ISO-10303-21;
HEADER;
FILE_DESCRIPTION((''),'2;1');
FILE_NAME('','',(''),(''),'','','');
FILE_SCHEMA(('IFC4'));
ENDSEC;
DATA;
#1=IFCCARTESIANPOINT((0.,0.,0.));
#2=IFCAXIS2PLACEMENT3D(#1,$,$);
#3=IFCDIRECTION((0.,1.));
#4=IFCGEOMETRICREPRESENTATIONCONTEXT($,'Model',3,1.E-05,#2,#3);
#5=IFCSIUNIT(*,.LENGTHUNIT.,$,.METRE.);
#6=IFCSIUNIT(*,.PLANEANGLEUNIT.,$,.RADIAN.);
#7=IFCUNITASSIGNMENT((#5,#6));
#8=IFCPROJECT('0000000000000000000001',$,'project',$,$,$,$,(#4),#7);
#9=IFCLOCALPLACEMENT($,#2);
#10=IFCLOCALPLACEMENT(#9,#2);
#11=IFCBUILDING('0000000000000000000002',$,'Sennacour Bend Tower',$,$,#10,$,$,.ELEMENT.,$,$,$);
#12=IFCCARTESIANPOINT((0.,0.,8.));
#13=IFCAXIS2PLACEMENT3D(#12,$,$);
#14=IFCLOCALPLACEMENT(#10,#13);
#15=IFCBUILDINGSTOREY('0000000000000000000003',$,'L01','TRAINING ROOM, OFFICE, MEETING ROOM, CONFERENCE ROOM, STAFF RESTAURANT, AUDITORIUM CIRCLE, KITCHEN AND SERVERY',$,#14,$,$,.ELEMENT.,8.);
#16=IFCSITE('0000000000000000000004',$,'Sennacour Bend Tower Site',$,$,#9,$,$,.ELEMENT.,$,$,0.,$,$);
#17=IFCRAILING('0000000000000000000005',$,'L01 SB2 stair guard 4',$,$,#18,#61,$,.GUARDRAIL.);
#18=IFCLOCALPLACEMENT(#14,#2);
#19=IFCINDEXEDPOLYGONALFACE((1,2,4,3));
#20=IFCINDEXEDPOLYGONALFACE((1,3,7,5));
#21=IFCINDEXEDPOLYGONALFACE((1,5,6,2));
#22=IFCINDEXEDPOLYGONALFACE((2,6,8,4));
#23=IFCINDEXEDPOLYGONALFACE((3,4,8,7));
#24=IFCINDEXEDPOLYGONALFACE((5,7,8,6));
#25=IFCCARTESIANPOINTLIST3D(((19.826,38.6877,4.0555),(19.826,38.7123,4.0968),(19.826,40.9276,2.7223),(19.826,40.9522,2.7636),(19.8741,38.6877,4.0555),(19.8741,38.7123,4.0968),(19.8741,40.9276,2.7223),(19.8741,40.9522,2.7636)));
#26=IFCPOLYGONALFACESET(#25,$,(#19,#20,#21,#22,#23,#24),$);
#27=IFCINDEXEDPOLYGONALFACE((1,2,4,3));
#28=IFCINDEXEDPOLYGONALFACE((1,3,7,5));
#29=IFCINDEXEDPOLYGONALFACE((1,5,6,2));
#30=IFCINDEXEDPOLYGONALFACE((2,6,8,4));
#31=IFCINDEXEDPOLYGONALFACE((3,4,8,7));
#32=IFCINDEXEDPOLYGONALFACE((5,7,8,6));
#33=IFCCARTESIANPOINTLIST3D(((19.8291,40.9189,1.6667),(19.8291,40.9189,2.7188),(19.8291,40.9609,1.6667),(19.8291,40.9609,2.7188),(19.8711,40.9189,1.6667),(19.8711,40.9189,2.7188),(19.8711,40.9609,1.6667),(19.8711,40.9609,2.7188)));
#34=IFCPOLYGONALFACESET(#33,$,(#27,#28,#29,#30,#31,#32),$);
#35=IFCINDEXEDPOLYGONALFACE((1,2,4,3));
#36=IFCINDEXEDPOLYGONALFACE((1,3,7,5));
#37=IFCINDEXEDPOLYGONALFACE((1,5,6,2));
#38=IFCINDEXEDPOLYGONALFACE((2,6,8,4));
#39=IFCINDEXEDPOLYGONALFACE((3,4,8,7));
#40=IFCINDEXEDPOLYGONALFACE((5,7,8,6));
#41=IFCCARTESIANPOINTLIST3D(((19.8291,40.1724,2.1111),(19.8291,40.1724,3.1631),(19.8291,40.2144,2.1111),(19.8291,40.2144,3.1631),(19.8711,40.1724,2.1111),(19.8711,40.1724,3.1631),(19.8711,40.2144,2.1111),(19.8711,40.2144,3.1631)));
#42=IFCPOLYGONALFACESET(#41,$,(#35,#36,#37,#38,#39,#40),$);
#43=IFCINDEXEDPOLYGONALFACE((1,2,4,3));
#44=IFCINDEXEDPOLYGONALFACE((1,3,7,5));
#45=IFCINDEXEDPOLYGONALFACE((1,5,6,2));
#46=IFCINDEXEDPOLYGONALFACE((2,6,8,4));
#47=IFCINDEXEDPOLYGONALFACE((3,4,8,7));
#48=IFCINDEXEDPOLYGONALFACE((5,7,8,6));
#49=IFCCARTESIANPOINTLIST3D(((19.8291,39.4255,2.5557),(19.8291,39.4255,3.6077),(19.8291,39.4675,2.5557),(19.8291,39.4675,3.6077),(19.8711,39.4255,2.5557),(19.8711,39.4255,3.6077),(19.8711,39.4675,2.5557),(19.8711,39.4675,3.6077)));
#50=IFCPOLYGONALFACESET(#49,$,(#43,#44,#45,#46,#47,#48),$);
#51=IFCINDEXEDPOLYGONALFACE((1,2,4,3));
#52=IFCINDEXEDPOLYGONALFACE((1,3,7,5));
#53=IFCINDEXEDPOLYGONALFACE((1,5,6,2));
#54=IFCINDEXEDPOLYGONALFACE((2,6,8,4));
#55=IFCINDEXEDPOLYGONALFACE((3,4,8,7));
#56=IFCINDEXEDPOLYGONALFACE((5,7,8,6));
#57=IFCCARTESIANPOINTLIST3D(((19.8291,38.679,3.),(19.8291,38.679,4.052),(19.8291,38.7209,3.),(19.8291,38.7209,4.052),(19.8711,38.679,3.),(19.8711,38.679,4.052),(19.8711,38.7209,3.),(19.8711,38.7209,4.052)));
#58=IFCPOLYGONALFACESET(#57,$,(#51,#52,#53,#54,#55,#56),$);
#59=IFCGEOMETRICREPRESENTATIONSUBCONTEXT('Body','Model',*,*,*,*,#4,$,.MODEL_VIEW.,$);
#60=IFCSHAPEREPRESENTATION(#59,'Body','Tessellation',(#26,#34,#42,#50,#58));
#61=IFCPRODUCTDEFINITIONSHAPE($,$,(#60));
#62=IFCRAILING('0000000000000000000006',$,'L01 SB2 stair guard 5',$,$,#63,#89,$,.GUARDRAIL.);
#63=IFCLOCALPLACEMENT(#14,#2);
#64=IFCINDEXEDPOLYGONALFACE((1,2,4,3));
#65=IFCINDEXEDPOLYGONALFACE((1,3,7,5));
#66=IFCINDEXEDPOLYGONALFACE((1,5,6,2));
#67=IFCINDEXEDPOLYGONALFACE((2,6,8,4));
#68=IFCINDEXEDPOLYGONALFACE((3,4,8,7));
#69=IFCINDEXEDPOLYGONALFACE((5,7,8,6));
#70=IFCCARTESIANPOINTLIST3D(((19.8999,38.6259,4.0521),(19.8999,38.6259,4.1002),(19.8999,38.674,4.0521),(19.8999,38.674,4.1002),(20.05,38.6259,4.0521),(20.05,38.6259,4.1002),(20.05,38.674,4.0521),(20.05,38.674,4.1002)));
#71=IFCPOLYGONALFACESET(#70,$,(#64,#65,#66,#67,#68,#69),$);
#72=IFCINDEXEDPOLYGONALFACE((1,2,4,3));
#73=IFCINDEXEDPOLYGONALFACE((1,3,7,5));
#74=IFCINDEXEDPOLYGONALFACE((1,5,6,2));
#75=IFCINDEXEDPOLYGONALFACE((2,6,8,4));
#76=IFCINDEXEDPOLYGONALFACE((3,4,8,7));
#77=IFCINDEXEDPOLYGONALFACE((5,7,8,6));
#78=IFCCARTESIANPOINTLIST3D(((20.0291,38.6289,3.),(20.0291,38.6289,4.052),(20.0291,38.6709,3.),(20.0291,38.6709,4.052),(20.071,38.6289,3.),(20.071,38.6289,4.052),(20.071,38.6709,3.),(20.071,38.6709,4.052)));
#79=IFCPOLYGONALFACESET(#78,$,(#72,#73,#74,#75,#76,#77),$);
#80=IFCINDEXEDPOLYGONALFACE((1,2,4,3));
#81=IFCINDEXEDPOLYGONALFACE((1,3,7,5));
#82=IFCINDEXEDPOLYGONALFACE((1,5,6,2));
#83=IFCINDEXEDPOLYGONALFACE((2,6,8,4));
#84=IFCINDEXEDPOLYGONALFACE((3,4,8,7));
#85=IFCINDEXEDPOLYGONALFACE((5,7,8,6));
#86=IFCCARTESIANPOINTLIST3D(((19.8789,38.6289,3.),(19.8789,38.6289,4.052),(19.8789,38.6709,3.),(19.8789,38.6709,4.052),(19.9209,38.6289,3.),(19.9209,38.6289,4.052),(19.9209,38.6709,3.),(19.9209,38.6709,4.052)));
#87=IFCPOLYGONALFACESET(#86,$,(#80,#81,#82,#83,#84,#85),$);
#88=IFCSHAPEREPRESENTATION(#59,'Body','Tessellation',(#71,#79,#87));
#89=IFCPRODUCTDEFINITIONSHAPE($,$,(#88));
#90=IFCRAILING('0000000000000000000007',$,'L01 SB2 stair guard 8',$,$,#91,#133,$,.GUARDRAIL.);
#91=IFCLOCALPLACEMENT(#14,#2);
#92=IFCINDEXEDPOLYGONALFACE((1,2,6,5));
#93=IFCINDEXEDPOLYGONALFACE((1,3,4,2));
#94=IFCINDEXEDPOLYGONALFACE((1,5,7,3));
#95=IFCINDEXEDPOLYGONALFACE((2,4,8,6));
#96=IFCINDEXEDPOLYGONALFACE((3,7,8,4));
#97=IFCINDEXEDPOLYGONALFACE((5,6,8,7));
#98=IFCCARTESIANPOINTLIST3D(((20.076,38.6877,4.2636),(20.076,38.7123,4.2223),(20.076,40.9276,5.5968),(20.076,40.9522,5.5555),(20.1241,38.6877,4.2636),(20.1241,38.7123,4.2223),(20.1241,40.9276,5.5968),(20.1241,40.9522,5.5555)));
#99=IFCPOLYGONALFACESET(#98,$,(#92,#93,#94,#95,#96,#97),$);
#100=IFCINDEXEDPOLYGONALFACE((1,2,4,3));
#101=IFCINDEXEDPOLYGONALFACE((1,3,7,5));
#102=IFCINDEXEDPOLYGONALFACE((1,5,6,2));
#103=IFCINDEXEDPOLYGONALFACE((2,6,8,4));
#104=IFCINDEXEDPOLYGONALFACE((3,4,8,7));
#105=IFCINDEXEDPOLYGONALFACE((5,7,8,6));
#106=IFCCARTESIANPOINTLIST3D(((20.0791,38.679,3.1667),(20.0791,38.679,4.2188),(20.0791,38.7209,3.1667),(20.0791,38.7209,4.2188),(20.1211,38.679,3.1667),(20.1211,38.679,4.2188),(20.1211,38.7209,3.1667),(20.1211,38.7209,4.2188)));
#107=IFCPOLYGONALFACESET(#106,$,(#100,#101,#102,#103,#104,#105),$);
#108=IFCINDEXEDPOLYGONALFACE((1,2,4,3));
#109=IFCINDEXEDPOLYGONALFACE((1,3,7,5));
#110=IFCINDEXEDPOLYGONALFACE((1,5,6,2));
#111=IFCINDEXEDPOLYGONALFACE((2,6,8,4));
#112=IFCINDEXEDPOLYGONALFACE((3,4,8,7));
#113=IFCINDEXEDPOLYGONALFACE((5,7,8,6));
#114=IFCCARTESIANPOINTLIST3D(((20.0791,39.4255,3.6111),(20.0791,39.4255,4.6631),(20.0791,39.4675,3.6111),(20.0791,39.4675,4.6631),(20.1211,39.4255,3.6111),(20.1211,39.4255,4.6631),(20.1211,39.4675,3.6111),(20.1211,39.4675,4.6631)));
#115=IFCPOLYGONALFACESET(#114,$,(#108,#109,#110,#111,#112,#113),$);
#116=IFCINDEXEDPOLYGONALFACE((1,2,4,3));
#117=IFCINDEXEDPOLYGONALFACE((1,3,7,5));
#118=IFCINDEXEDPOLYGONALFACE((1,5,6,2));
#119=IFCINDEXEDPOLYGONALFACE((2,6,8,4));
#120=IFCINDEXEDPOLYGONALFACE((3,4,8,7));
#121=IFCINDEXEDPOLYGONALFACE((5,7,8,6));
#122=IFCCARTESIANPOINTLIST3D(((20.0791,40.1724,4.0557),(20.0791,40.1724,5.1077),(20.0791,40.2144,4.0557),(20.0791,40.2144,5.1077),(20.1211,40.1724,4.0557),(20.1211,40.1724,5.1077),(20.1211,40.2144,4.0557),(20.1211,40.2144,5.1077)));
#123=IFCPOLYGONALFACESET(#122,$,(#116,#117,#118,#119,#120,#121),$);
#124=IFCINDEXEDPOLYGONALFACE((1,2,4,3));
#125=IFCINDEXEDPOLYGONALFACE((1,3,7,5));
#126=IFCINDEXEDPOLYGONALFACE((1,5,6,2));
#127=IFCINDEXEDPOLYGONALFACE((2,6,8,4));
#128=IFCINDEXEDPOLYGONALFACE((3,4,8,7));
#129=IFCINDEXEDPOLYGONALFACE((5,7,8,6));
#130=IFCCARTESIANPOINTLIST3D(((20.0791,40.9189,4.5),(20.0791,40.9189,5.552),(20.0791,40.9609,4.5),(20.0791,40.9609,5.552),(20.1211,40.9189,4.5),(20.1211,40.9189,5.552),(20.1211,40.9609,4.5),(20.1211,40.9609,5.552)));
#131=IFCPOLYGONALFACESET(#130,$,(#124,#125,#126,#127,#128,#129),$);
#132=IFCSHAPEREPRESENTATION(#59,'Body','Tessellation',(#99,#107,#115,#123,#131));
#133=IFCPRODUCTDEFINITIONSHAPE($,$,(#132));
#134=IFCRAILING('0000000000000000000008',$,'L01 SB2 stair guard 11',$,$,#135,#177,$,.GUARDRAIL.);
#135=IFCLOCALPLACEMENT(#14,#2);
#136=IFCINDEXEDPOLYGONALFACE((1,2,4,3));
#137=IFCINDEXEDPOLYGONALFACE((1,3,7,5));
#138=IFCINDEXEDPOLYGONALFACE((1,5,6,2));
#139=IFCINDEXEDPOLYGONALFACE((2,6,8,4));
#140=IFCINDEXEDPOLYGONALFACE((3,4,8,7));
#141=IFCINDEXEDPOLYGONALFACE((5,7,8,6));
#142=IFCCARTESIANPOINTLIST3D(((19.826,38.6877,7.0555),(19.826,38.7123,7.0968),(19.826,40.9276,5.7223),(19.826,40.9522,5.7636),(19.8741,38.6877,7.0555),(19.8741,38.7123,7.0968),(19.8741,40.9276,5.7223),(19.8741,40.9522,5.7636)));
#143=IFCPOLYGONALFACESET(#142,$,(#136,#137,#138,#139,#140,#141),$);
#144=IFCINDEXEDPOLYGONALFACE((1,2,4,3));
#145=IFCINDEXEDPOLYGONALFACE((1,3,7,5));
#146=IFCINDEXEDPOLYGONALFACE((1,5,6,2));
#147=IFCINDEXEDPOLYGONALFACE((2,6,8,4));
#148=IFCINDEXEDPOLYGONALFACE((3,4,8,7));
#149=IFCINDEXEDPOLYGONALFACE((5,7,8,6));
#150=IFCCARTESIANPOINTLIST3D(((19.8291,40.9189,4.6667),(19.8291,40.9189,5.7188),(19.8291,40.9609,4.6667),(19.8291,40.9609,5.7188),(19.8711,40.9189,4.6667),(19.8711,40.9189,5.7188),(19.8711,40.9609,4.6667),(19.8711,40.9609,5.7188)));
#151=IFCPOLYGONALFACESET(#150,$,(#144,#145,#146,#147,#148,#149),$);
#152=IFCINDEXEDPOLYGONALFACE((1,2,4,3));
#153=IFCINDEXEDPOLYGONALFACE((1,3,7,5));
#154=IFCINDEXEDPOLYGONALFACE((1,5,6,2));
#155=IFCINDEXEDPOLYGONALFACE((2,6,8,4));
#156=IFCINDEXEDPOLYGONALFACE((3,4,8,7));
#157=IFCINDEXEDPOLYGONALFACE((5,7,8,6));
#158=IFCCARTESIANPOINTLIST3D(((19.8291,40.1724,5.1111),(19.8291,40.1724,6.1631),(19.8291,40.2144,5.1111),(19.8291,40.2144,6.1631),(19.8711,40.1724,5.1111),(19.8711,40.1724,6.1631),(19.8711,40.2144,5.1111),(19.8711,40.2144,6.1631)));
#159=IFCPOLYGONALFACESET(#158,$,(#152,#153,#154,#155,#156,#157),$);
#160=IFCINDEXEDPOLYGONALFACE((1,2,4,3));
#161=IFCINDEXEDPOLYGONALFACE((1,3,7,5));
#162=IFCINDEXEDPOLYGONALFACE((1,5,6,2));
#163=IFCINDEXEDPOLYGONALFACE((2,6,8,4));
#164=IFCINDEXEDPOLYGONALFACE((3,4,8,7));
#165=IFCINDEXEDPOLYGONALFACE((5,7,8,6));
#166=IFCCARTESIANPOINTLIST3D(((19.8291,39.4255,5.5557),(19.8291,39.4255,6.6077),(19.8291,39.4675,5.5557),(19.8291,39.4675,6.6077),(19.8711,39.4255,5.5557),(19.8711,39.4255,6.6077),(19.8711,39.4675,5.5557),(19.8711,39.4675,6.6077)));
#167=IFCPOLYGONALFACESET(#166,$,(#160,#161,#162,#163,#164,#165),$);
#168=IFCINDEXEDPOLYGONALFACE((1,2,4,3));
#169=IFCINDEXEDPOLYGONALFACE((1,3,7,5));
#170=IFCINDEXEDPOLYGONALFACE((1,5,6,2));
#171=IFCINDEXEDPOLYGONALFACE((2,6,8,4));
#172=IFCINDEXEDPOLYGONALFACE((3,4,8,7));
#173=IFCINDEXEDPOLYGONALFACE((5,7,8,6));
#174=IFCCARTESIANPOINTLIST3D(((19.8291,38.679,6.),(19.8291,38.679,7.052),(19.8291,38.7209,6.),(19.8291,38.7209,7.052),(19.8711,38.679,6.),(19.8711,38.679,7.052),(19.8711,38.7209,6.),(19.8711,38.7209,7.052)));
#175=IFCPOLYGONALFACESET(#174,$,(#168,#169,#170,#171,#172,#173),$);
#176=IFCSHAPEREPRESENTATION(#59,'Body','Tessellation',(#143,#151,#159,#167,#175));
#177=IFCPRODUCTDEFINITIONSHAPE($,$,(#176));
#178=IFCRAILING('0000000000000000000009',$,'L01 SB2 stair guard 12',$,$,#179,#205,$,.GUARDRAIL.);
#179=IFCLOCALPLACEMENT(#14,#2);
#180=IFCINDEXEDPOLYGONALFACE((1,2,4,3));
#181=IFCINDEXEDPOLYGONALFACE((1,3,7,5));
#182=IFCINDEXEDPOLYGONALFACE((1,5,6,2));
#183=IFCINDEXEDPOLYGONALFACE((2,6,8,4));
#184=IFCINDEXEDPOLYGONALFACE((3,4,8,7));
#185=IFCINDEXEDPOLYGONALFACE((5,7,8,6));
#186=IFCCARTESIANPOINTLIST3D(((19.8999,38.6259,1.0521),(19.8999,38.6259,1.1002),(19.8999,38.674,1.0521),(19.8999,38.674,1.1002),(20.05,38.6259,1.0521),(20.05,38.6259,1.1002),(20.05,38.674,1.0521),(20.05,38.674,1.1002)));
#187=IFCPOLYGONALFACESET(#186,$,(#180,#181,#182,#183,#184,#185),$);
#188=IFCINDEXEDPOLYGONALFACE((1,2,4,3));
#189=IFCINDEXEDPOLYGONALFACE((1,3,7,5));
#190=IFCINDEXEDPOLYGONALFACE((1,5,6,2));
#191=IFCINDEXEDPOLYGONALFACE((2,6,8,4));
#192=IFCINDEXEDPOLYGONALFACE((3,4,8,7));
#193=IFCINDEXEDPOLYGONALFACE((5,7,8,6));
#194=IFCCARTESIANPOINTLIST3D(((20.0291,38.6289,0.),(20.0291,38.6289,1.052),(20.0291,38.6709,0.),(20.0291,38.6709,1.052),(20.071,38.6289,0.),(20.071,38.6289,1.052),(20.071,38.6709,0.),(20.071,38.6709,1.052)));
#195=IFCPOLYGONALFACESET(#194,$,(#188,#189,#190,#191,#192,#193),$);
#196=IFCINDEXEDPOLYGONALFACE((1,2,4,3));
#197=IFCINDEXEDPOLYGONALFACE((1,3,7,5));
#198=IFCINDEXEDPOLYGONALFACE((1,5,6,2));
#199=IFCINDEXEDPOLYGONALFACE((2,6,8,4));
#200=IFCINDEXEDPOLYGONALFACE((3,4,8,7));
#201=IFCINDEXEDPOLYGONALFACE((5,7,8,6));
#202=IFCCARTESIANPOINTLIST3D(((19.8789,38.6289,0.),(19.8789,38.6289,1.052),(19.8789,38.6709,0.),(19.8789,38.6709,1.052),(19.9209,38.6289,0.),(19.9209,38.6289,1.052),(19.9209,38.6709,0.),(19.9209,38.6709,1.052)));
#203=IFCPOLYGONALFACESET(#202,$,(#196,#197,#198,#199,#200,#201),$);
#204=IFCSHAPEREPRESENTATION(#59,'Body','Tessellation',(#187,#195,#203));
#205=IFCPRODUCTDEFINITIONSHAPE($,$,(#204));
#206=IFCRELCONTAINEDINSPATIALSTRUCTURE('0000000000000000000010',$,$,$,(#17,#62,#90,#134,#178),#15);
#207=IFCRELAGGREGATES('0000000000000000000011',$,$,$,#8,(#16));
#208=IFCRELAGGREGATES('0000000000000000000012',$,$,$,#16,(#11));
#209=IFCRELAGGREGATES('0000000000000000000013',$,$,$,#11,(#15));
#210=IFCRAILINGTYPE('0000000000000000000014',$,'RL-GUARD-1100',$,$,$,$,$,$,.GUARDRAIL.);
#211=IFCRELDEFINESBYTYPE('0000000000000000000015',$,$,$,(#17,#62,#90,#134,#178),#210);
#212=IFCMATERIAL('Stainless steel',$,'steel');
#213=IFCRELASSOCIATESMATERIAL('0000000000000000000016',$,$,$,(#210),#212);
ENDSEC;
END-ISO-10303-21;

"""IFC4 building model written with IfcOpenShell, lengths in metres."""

from ifc_helpers import new_model, si_unit, direction, frame, origin, origin_2d, place, context, subcontext, project, spatial, rectangle, extrude, material, type_object, element, save


model = new_model("IFC4")

# Units and contexts
model_context = context("Model", 3, precision=1e-05, world=origin(), true_north=direction((0.0, 1.0)))
body_context = subcontext(model_context, "Body", "Model", "MODEL_VIEW")
ifc_project = project(units=[si_unit("LENGTHUNIT", "METRE"), si_unit("PLANEANGLEUNIT", "RADIAN")], contexts=[model_context])

# Site, building, storey
site_placement = place(None, origin())
site = spatial("IfcSite", under=ifc_project, at=site_placement, Name="Sennacour Bend Tower Site", CompositionType="ELEMENT", RefElevation=0.0)
building_placement = place(site_placement, origin())
building = spatial("IfcBuilding", under=site, at=building_placement, Name="Sennacour Bend Tower", CompositionType="ELEMENT")
storey_placement = place(building_placement, frame((0.0, 0.0, 8.0)))
storey = spatial("IfcBuildingStorey", under=building, at=storey_placement, Name="L01", Description="TRAINING ROOM, OFFICE, MEETING ROOM, CONFERENCE ROOM, STAFF RESTAURANT, AUDITORIUM CIRCLE, KITCHEN AND SERVERY", CompositionType="ELEMENT", Elevation=8.0)

# Railings
ifc_material_1 = material(Name="Stainless steel", Category="steel")
railing_type_1 = type_object("IfcRailingType", Name="RL-GUARD-1100", PredefinedType="GUARDRAIL", material=ifc_material_1)
railing_1_placement = place(storey_placement, frame((19.8501, 40.9399, 1.6667)))
element("IfcRailing", 1, at=railing_1_placement, inside=storey, type_object=railing_type_1, Name="L01 SB2 stair guard 4", PredefinedType="GUARDRAIL", context=body_context, shape_type="SweptSolid", body=[
    extrude(rectangle(XDim=0.0481, YDim=0.0481, at=origin_2d()), frame((0.0, 0.0, 1.0762), z_axis=(0.0, -0.859306, 0.511462), x_axis=(1.0, 0.0, 0.0)), (0.0, 0.0, 1.0), 2.6067),
    extrude(rectangle(XDim=0.042, YDim=0.042, at=origin_2d()), origin(), (0.0, 0.0, 1.0), 1.052),
    extrude(rectangle(XDim=0.042, YDim=0.042, at=origin_2d()), frame((0.0, -0.7466, 0.4443)), (0.0, 0.0, 1.0), 1.052),
    extrude(rectangle(XDim=0.042, YDim=0.042, at=origin_2d()), frame((0.0, -1.4934, 0.8889)), (0.0, 0.0, 1.0), 1.052),
    extrude(rectangle(XDim=0.042, YDim=0.042, at=origin_2d()), frame((0.0, -2.24, 1.3333)), (0.0, 0.0, 1.0), 1.052),
])
railing_2_placement = place(storey_placement, frame((20.05, 38.6499, 3.0)))
element("IfcRailing", 2, at=railing_2_placement, inside=storey, type_object=railing_type_1, Name="L01 SB2 stair guard 5", PredefinedType="GUARDRAIL", context=body_context, shape_type="SweptSolid", body=[
    extrude(rectangle(XDim=0.0481, YDim=0.0481, at=origin_2d()), frame((0.0, 0.0, 1.0762), z_axis=(-1.0, 0.0, 0.0), x_axis=(0.0, -1.0, 0.0)), (0.0, 0.0, 1.0), 0.1501),
    extrude(rectangle(XDim=0.042, YDim=0.042, at=origin_2d()), origin(), (0.0, 0.0, 1.0), 1.052),
    extrude(rectangle(XDim=0.042, YDim=0.042, at=origin_2d()), frame((-0.1501, 0.0, 0.0)), (0.0, 0.0, 1.0), 1.052),
])
railing_3_placement = place(storey_placement, frame((20.1001, 38.7, 3.1667)))
element("IfcRailing", 3, at=railing_3_placement, inside=storey, type_object=railing_type_1, Name="L01 SB2 stair guard 8", PredefinedType="GUARDRAIL", context=body_context, shape_type="SweptSolid", body=[
    extrude(rectangle(XDim=0.0481, YDim=0.0481, at=origin_2d()), frame((0.0, 0.0, 1.0762), z_axis=(0.0, 0.859306, 0.511462), x_axis=(-1.0, 0.0, 0.0)), (0.0, 0.0, 1.0), 2.6067),
    extrude(rectangle(XDim=0.042, YDim=0.042, at=origin_2d()), origin(), (0.0, 0.0, 1.0), 1.052),
    extrude(rectangle(XDim=0.042, YDim=0.042, at=origin_2d()), frame((0.0, 0.7466, 0.4443)), (0.0, 0.0, 1.0), 1.052),
    extrude(rectangle(XDim=0.042, YDim=0.042, at=origin_2d()), frame((0.0, 1.4934, 0.8889)), (0.0, 0.0, 1.0), 1.052),
    extrude(rectangle(XDim=0.042, YDim=0.042, at=origin_2d()), frame((0.0, 2.24, 1.3333)), (0.0, 0.0, 1.0), 1.052),
])
railing_4_placement = place(storey_placement, frame((19.8501, 40.9399, 4.6667)))
element("IfcRailing", 4, at=railing_4_placement, inside=storey, type_object=railing_type_1, Name="L01 SB2 stair guard 11", PredefinedType="GUARDRAIL", context=body_context, shape_type="SweptSolid", body=[
    extrude(rectangle(XDim=0.0481, YDim=0.0481, at=origin_2d()), frame((0.0, 0.0, 1.0762), z_axis=(0.0, -0.859306, 0.511462), x_axis=(1.0, 0.0, 0.0)), (0.0, 0.0, 1.0), 2.6067),
    extrude(rectangle(XDim=0.042, YDim=0.042, at=origin_2d()), origin(), (0.0, 0.0, 1.0), 1.052),
    extrude(rectangle(XDim=0.042, YDim=0.042, at=origin_2d()), frame((0.0, -0.7466, 0.4443)), (0.0, 0.0, 1.0), 1.052),
    extrude(rectangle(XDim=0.042, YDim=0.042, at=origin_2d()), frame((0.0, -1.4934, 0.8889)), (0.0, 0.0, 1.0), 1.052),
    extrude(rectangle(XDim=0.042, YDim=0.042, at=origin_2d()), frame((0.0, -2.24, 1.3333)), (0.0, 0.0, 1.0), 1.052),
])
railing_5_placement = place(storey_placement, frame((20.05, 38.6499, 0.0)))
element("IfcRailing", 5, at=railing_5_placement, inside=storey, type_object=railing_type_1, Name="L01 SB2 stair guard 12", PredefinedType="GUARDRAIL", context=body_context, shape_type="SweptSolid", body=[
    extrude(rectangle(XDim=0.0481, YDim=0.0481, at=origin_2d()), frame((0.0, 0.0, 1.0762), z_axis=(-1.0, 0.0, 0.0), x_axis=(0.0, -1.0, 0.0)), (0.0, 0.0, 1.0), 0.1501),
    extrude(rectangle(XDim=0.042, YDim=0.042, at=origin_2d()), origin(), (0.0, 0.0, 1.0), 1.052),
    extrude(rectangle(XDim=0.042, YDim=0.042, at=origin_2d()), frame((-0.1501, 0.0, 0.0)), (0.0, 0.0, 1.0), 1.052),
])

save(model, "model.ifc")
